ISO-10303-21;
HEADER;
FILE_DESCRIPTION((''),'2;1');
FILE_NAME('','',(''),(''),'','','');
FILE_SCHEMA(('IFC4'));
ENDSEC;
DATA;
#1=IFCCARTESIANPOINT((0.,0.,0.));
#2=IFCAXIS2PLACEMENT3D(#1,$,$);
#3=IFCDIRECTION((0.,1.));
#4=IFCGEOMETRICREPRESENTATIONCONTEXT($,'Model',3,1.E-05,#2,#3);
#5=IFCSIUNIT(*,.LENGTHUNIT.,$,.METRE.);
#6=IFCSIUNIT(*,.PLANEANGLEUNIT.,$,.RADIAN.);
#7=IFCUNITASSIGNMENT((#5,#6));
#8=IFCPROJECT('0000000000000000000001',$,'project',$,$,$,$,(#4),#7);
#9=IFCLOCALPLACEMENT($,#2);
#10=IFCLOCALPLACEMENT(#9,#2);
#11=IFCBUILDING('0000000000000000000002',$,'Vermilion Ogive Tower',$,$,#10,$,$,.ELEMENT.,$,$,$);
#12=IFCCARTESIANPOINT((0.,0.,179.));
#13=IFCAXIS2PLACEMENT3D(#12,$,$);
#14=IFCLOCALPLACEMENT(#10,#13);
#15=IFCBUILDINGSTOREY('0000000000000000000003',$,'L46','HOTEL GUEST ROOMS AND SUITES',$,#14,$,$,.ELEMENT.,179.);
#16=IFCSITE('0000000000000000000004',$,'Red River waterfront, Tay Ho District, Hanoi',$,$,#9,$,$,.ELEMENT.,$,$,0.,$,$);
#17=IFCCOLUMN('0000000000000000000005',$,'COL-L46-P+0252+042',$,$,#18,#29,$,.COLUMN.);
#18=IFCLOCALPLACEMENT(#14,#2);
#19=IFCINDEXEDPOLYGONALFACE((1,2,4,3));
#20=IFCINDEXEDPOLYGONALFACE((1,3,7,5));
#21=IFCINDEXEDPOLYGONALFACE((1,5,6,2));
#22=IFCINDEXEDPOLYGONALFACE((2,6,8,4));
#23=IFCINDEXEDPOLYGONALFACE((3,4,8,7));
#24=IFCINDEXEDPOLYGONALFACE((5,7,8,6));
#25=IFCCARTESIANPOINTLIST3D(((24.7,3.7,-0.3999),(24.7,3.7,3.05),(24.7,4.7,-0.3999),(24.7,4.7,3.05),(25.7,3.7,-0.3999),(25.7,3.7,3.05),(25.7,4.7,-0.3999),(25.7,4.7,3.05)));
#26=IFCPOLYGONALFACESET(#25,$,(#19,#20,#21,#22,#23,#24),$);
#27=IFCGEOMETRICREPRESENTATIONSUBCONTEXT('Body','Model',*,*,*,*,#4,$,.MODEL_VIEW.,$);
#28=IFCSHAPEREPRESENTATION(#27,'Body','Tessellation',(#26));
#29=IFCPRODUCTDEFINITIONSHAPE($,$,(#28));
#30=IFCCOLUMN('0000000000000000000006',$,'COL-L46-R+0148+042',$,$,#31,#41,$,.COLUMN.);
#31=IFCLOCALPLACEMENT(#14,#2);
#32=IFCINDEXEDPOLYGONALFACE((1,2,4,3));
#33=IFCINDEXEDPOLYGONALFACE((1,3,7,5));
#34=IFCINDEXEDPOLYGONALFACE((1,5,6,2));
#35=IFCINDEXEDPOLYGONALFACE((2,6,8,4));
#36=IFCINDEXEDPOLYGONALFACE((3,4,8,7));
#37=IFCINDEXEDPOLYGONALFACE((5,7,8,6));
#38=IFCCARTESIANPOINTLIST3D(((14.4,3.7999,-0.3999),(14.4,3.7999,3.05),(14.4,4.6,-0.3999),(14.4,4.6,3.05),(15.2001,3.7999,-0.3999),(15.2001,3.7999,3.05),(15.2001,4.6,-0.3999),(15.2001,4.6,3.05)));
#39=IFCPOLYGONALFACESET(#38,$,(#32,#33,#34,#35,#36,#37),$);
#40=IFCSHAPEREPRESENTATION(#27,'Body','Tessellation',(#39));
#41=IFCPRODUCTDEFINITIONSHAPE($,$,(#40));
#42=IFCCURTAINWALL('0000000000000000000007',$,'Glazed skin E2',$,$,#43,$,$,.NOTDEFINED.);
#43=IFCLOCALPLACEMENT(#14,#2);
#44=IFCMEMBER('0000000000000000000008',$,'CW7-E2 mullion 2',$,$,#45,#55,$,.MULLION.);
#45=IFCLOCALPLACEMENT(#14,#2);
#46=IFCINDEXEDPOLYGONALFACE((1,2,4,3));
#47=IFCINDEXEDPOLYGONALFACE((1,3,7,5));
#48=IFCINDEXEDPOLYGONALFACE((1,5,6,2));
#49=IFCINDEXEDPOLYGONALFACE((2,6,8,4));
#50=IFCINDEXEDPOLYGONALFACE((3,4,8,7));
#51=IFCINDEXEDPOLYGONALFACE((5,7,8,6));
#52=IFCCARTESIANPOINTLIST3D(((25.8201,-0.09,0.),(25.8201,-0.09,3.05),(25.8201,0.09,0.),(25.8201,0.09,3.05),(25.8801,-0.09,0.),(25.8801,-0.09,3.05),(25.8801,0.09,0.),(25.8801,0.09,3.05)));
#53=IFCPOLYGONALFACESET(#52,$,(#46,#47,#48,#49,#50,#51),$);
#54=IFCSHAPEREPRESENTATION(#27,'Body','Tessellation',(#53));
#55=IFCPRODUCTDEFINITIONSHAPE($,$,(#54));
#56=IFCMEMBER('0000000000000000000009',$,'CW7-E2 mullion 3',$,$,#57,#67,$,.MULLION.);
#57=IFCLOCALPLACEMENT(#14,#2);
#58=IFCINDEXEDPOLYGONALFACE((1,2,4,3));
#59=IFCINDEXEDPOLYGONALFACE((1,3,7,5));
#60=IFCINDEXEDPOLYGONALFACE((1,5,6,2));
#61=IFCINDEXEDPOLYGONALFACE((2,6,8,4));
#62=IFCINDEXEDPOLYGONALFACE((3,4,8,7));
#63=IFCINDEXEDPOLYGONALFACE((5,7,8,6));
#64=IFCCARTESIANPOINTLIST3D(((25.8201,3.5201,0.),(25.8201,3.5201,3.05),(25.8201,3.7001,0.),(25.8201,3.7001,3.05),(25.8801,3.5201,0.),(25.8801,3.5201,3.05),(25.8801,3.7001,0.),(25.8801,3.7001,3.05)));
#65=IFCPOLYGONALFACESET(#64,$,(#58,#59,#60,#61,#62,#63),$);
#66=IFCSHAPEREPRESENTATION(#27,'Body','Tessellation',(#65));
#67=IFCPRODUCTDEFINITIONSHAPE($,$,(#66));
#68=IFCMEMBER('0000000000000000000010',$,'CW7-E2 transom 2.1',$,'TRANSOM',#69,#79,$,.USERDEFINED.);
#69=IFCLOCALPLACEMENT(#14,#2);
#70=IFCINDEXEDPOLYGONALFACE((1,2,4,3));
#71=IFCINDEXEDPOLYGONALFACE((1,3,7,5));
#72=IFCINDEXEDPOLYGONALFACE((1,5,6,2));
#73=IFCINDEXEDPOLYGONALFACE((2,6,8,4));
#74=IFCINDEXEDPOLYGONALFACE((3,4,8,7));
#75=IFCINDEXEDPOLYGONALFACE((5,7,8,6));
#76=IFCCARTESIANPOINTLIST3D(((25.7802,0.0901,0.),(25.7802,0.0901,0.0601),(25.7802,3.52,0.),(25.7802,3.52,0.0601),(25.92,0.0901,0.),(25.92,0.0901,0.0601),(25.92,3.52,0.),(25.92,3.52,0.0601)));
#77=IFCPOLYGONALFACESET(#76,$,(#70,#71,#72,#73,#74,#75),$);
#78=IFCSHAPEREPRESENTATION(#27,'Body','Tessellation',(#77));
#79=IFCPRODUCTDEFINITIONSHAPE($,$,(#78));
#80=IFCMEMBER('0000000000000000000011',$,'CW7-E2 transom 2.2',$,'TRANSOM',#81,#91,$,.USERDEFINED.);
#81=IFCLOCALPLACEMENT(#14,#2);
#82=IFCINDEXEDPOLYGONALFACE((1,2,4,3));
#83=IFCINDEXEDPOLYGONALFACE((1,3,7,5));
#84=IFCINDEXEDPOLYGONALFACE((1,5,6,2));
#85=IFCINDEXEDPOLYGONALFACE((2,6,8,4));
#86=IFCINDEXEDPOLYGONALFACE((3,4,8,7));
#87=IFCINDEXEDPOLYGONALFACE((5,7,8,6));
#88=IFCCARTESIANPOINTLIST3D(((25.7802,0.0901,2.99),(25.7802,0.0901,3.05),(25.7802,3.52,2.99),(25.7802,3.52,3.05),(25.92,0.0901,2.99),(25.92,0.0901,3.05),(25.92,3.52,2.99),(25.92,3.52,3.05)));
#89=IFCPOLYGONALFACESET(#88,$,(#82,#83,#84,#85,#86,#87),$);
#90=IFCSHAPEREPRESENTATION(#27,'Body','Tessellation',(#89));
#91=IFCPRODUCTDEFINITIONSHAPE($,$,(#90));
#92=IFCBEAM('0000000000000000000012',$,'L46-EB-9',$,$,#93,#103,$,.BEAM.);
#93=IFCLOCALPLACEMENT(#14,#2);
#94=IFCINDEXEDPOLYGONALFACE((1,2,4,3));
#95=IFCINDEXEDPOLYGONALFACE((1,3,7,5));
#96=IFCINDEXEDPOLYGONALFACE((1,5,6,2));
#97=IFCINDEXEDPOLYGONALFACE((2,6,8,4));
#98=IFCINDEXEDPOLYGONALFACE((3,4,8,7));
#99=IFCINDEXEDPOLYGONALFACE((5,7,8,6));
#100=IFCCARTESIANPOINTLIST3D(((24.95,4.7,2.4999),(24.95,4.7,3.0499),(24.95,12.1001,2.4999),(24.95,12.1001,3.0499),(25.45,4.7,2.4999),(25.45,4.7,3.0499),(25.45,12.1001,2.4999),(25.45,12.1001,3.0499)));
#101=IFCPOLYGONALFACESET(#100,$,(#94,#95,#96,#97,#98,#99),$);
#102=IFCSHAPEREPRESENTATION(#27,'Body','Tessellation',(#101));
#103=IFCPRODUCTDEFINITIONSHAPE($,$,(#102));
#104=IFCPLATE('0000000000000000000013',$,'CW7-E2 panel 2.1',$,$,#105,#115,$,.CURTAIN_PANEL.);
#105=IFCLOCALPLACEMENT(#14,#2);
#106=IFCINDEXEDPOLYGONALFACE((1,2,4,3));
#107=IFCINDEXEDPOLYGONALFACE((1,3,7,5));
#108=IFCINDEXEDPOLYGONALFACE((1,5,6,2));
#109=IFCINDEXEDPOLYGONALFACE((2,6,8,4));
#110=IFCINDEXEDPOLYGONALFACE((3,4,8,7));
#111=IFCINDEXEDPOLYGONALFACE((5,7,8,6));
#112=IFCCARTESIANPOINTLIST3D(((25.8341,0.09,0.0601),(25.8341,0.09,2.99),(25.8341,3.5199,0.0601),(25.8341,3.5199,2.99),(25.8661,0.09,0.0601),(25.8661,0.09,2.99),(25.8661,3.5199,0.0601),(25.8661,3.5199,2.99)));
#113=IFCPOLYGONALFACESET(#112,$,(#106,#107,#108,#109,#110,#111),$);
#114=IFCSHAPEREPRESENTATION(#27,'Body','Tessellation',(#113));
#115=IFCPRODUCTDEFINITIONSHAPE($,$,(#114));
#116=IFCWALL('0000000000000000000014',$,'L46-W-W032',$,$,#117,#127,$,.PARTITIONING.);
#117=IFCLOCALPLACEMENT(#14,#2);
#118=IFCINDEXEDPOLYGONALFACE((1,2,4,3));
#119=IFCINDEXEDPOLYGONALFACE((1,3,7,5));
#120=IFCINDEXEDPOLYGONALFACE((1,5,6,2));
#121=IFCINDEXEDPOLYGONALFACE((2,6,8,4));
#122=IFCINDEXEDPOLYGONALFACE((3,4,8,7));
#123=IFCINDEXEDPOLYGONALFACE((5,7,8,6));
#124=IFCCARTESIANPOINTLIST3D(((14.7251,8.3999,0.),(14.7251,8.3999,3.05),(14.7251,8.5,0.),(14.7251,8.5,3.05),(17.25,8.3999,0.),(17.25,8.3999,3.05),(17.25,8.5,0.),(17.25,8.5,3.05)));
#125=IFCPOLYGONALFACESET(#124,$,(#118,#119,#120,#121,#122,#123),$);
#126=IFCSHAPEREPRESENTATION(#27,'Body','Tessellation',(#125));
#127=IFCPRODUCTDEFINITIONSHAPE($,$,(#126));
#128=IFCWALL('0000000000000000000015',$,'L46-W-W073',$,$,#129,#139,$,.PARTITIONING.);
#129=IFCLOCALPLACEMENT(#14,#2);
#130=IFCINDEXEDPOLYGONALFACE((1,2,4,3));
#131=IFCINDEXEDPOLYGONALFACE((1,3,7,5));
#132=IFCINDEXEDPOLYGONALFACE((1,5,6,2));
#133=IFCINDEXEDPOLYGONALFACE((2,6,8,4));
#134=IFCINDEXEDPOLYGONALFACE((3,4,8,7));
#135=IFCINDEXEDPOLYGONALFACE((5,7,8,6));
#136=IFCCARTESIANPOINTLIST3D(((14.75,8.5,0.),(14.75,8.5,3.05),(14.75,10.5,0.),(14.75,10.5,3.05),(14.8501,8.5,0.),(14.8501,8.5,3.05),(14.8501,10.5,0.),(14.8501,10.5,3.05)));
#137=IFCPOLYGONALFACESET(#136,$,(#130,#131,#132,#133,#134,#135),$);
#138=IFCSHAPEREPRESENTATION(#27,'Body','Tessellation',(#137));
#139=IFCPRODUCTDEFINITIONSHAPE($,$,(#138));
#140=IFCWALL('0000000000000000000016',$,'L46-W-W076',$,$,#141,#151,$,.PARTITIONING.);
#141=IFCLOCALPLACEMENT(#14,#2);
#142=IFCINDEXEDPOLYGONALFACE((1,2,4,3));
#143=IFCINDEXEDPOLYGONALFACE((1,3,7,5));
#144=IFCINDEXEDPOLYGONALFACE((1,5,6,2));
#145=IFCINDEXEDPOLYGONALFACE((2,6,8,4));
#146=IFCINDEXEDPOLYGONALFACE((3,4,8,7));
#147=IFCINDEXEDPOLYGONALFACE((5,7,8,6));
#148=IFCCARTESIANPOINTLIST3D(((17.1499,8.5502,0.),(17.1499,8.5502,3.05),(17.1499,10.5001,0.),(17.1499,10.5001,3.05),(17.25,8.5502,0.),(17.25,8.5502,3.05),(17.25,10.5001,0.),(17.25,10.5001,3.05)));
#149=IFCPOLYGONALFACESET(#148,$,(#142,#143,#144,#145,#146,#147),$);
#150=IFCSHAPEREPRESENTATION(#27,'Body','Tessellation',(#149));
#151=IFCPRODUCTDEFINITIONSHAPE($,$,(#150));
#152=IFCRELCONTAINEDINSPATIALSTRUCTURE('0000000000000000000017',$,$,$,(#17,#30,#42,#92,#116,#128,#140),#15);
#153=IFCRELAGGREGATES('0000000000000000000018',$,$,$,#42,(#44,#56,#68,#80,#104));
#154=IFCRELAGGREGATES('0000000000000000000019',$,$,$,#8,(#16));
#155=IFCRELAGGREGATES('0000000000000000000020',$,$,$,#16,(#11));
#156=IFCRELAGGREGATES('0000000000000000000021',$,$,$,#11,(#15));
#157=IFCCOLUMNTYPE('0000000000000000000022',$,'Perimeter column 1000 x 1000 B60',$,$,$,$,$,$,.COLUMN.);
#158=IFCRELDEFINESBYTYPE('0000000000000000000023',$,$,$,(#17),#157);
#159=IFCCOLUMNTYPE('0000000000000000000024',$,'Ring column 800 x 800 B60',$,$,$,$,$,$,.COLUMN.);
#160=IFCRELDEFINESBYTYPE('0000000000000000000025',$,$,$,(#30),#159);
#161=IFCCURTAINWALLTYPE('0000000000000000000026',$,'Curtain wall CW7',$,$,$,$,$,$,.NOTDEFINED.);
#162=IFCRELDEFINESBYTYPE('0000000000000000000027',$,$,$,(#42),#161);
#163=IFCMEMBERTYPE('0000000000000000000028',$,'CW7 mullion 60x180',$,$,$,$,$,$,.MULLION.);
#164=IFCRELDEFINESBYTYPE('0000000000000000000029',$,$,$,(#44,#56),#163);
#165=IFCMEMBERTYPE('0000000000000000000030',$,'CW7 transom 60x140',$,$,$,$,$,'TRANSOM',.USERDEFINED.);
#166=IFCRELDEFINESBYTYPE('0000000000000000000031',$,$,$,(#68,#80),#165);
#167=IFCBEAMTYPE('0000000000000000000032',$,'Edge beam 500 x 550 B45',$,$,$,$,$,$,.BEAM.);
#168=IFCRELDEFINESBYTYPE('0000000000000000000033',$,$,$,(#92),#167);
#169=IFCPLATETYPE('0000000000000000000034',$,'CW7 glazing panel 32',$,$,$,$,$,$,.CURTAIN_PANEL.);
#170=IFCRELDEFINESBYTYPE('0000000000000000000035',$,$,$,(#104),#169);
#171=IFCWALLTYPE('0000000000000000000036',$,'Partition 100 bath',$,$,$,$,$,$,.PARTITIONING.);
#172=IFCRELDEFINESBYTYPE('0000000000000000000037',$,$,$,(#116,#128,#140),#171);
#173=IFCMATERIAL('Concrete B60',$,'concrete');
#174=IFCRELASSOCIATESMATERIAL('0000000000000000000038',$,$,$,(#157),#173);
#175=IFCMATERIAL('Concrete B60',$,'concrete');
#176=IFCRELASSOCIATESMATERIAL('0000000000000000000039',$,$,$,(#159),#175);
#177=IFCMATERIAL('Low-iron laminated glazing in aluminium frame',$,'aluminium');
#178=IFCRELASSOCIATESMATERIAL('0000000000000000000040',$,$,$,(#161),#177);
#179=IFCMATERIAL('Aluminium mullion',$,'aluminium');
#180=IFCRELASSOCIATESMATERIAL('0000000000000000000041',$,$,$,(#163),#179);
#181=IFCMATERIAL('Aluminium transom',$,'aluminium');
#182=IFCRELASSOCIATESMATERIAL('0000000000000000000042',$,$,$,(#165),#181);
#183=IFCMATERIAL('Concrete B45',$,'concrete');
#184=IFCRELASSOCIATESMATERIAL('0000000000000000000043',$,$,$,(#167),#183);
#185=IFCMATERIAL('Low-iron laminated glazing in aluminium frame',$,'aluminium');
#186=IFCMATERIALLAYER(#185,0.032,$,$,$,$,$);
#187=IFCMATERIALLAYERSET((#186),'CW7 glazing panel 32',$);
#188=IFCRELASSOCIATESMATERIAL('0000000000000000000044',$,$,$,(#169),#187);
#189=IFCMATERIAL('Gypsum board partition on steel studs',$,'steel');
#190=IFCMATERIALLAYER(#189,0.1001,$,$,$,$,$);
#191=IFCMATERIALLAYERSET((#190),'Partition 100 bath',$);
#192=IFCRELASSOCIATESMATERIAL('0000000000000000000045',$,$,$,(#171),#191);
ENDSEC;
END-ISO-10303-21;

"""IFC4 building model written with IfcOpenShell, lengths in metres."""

from ifc_helpers import new_model, si_unit, direction, frame, frame_2d, origin, origin_2d, place, context, subcontext, project, spatial, rectangle, extrude, material, layer, layer_set, material_profile, profile_set, type_object, element, aggregate, save


model = new_model("IFC4")

# Units and contexts
model_context = context("Model", 3, precision=1e-05, world=origin(), true_north=direction((0.0, 1.0)))
body_context = subcontext(model_context, "Body", "Model", "MODEL_VIEW")
ifc_project = project(units=[si_unit("LENGTHUNIT", "METRE"), si_unit("PLANEANGLEUNIT", "RADIAN")], contexts=[model_context])

# Site, building, storey
site_placement = place(None, origin())
site = spatial("IfcSite", under=ifc_project, at=site_placement, Name="Red River waterfront, Tay Ho District, Hanoi", CompositionType="ELEMENT", RefElevation=0.0)
building_placement = place(site_placement, origin())
building = spatial("IfcBuilding", under=site, at=building_placement, Name="Vermilion Ogive Tower", CompositionType="ELEMENT")
storey_placement = place(building_placement, frame((0.0, 0.0, 179.0)))
storey = spatial("IfcBuildingStorey", under=building, at=storey_placement, Name="L46", Description="HOTEL GUEST ROOMS AND SUITES", CompositionType="ELEMENT", Elevation=179.0)

# Columns
ifc_material_1 = material(Name="Concrete B60", Category="concrete")
ifc_material_profile_1 = material_profile(ifc_material_1, rectangle(XDim=1.0, YDim=1.0, at=origin_2d()), Name="1000 x 1000")
ifc_profile_set_1 = profile_set([ifc_material_profile_1], Name="Concrete B60")
column_type_1 = type_object("IfcColumnType", Name="Perimeter column 1000 x 1000 B60", PredefinedType="COLUMN", material=ifc_profile_set_1)
column_1_placement = place(storey_placement, frame((25.2, 4.2, -0.3999), z_axis=(0.0, 0.0, 1.0), x_axis=(1.0, 0.0, 0.0)))
element("IfcColumn", 1, at=column_1_placement, inside=storey, type_object=column_type_1, Name="COL-L46-P+0252+042", PredefinedType="COLUMN", context=body_context, shape_type="SweptSolid", body=[
    extrude(rectangle(XDim=1.0, YDim=1.0, at=origin_2d()), origin(), (0.0, 0.0, 1.0), 3.45),
])
ifc_material_2 = material(Name="Concrete B60", Category="concrete")
ifc_material_profile_2 = material_profile(ifc_material_2, rectangle(XDim=0.8, YDim=0.8, at=origin_2d()), Name="800 x 800")
ifc_profile_set_2 = profile_set([ifc_material_profile_2], Name="Concrete B60")
column_type_2 = type_object("IfcColumnType", Name="Ring column 800 x 800 B60", PredefinedType="COLUMN", material=ifc_profile_set_2)
column_2_placement = place(storey_placement, frame((14.8, 4.2, -0.3999), z_axis=(0.0, 0.0, 1.0), x_axis=(1.0, 0.0, 0.0)))
element("IfcColumn", 2, at=column_2_placement, inside=storey, type_object=column_type_2, Name="COL-L46-R+0148+042", PredefinedType="COLUMN", context=body_context, shape_type="SweptSolid", body=[
    extrude(rectangle(XDim=0.8, YDim=0.8, at=origin_2d()), origin(), (0.0, 0.0, 1.0), 3.45),
])

# Curtain wall, members
ifc_material_3 = material(Name="Low-iron laminated glazing in aluminium frame", Category="aluminium")
curtain_wall_type = type_object("IfcCurtainWallType", Name="Curtain wall CW7", PredefinedType="NOTDEFINED", material=ifc_material_3)
curtain_wall_placement = place(storey_placement, origin())
curtain_wall = element("IfcCurtainWall", 3, at=curtain_wall_placement, inside=storey, type_object=curtain_wall_type, Name="Glazed skin E2", PredefinedType="NOTDEFINED")
ifc_material_4 = material(Name="Aluminium mullion", Category="aluminium")
ifc_material_profile_3 = material_profile(ifc_material_4, rectangle(XDim=0.0601, YDim=0.1799, at=origin_2d()), Name="AL 60x180")
ifc_profile_set_3 = profile_set([ifc_material_profile_3], Name="Aluminium mullion")
member_type_1 = type_object("IfcMemberType", Name="CW7 mullion 60x180", PredefinedType="MULLION", material=ifc_profile_set_3)
member_1_placement = place(storey_placement, frame((25.8501, 0.0, 0.0), z_axis=(0.0, 0.0, 1.0), x_axis=(-1.0, 0.0, 0.0)))
member_1 = element("IfcMember", 4, at=member_1_placement, type_object=member_type_1, Name="CW7-E2 mullion 2", PredefinedType="MULLION", context=body_context, shape_type="SweptSolid", body=[
    extrude(rectangle(XDim=0.0601, YDim=0.1799, at=origin_2d()), origin(), (0.0, 0.0, 1.0), 3.05),
])
member_2_placement = place(storey_placement, frame((25.8501, 3.6101, 0.0), z_axis=(0.0, 0.0, 1.0), x_axis=(-1.0, 0.0, 0.0)))
member_2 = element("IfcMember", 5, at=member_2_placement, type_object=member_type_1, Name="CW7-E2 mullion 3", PredefinedType="MULLION", context=body_context, shape_type="SweptSolid", body=[
    extrude(rectangle(XDim=0.0601, YDim=0.1799, at=origin_2d()), origin(), (0.0, 0.0, 1.0), 3.05),
])
ifc_material_5 = material(Name="Aluminium transom", Category="aluminium")
ifc_material_profile_4 = material_profile(ifc_material_5, rectangle(XDim=0.1399, YDim=0.0601, at=origin_2d()), Name="AL 60x140")
ifc_profile_set_4 = profile_set([ifc_material_profile_4], Name="Aluminium transom")
member_type_2 = type_object("IfcMemberType", Name="CW7 transom 60x140", ElementType="TRANSOM", PredefinedType="USERDEFINED", material=ifc_profile_set_4)
member_3_placement = place(storey_placement, frame((25.8501, 0.0901, 0.03), z_axis=(0.0, 1.0, 0.0), x_axis=(-1.0, 0.0, 0.0)))
member_3 = element("IfcMember", 6, at=member_3_placement, type_object=member_type_2, Name="CW7-E2 transom 2.1", ObjectType="TRANSOM", PredefinedType="USERDEFINED", context=body_context, shape_type="SweptSolid", body=[
    extrude(rectangle(XDim=0.1399, YDim=0.0601, at=origin_2d()), origin(), (0.0, 0.0, 1.0), 3.4299),
])
member_4_placement = place(storey_placement, frame((25.8501, 0.0901, 3.02), z_axis=(0.0, 1.0, 0.0), x_axis=(-1.0, 0.0, 0.0)))
member_4 = element("IfcMember", 7, at=member_4_placement, type_object=member_type_2, Name="CW7-E2 transom 2.2", ObjectType="TRANSOM", PredefinedType="USERDEFINED", context=body_context, shape_type="SweptSolid", body=[
    extrude(rectangle(XDim=0.1399, YDim=0.0601, at=origin_2d()), origin(), (0.0, 0.0, 1.0), 3.4299),
])

# Beam
ifc_material_6 = material(Name="Concrete B45", Category="concrete")
ifc_material_profile_5 = material_profile(ifc_material_6, rectangle(XDim=0.5, YDim=0.55, at=origin_2d()), Name="500 x 550")
ifc_profile_set_5 = profile_set([ifc_material_profile_5], Name="Concrete B45")
beam_type = type_object("IfcBeamType", Name="Edge beam 500 x 550 B45", PredefinedType="BEAM", material=ifc_profile_set_5)
beam_placement = place(storey_placement, frame((25.2, 4.7, 2.7749), z_axis=(0.0, 1.0, 0.0), x_axis=(-1.0, 0.0, 0.0)))
element("IfcBeam", 8, at=beam_placement, inside=storey, type_object=beam_type, Name="L46-EB-9", PredefinedType="BEAM", context=body_context, shape_type="SweptSolid", body=[
    extrude(rectangle(XDim=0.5, YDim=0.55, at=origin_2d()), origin(), (0.0, 0.0, 1.0), 7.4001),
])

# Plate
ifc_material_7 = material(Name="Low-iron laminated glazing in aluminium frame", Category="aluminium")
ifc_layer_1 = layer(ifc_material_7, 0.032)
ifc_layer_set_1 = layer_set([ifc_layer_1], Name="CW7 glazing panel 32")
plate_type = type_object("IfcPlateType", Name="CW7 glazing panel 32", PredefinedType="CURTAIN_PANEL", material=ifc_layer_set_1)
plate_placement = place(storey_placement, frame((25.8501, 1.8049, 0.0601), z_axis=(0.0, 0.0, 1.0), x_axis=(0.0, 1.0, 0.0)))
plate = element("IfcPlate", 9, at=plate_placement, type_object=plate_type, Name="CW7-E2 panel 2.1", PredefinedType="CURTAIN_PANEL", context=body_context, shape_type="SweptSolid", body=[
    extrude(rectangle(XDim=3.4299, YDim=0.032, at=origin_2d()), origin(), (0.0, 0.0, 1.0), 2.9299),
])
aggregate(curtain_wall, [member_1, member_2, member_3, member_4, plate])

# Walls
ifc_material_8 = material(Name="Gypsum board partition on steel studs", Category="steel")
ifc_layer_2 = layer(ifc_material_8, 0.1001)
ifc_layer_set_2 = layer_set([ifc_layer_2], Name="Partition 100 bath")
wall_type_1 = type_object("IfcWallType", Name="Partition 100 bath", PredefinedType="PARTITIONING", material=ifc_layer_set_2)
wall_1_placement = place(storey_placement, frame((14.7251, 8.45, 0.0), z_axis=(0.0, 0.0, 1.0), x_axis=(1.0, 0.0, 0.0)))
element("IfcWall", 10, at=wall_1_placement, inside=storey, type_object=wall_type_1, Name="L46-W-W032", PredefinedType="PARTITIONING", context=body_context, shape_type="SweptSolid", body=[
    extrude(rectangle(XDim=2.5249, YDim=0.1001, at=frame_2d((1.2625, 0.0))), origin(), (0.0, 0.0, 1.0), 3.05),
])
wall_2_placement = place(storey_placement, frame((14.8, 8.5, 0.0), z_axis=(0.0, 0.0, 1.0), x_axis=(0.0, 1.0, 0.0)))
element("IfcWall", 11, at=wall_2_placement, inside=storey, type_object=wall_type_1, Name="L46-W-W073", PredefinedType="PARTITIONING", context=body_context, shape_type="SweptSolid", body=[
    extrude(rectangle(XDim=2.0, YDim=0.1001, at=frame_2d((1.0, 0.0))), origin(), (0.0, 0.0, 1.0), 3.05),
])
wall_3_placement = place(storey_placement, frame((17.2, 8.55, 0.0), z_axis=(0.0, 0.0, 1.0), x_axis=(0.0, 1.0, 0.0)))
element("IfcWall", 12, at=wall_3_placement, inside=storey, type_object=wall_type_1, Name="L46-W-W076", PredefinedType="PARTITIONING", context=body_context, shape_type="SweptSolid", body=[
    extrude(rectangle(XDim=1.95, YDim=0.1001, at=frame_2d((0.9751, 0.0))), origin(), (0.0, 0.0, 1.0), 3.05),
])

save(model, "model.ifc")
